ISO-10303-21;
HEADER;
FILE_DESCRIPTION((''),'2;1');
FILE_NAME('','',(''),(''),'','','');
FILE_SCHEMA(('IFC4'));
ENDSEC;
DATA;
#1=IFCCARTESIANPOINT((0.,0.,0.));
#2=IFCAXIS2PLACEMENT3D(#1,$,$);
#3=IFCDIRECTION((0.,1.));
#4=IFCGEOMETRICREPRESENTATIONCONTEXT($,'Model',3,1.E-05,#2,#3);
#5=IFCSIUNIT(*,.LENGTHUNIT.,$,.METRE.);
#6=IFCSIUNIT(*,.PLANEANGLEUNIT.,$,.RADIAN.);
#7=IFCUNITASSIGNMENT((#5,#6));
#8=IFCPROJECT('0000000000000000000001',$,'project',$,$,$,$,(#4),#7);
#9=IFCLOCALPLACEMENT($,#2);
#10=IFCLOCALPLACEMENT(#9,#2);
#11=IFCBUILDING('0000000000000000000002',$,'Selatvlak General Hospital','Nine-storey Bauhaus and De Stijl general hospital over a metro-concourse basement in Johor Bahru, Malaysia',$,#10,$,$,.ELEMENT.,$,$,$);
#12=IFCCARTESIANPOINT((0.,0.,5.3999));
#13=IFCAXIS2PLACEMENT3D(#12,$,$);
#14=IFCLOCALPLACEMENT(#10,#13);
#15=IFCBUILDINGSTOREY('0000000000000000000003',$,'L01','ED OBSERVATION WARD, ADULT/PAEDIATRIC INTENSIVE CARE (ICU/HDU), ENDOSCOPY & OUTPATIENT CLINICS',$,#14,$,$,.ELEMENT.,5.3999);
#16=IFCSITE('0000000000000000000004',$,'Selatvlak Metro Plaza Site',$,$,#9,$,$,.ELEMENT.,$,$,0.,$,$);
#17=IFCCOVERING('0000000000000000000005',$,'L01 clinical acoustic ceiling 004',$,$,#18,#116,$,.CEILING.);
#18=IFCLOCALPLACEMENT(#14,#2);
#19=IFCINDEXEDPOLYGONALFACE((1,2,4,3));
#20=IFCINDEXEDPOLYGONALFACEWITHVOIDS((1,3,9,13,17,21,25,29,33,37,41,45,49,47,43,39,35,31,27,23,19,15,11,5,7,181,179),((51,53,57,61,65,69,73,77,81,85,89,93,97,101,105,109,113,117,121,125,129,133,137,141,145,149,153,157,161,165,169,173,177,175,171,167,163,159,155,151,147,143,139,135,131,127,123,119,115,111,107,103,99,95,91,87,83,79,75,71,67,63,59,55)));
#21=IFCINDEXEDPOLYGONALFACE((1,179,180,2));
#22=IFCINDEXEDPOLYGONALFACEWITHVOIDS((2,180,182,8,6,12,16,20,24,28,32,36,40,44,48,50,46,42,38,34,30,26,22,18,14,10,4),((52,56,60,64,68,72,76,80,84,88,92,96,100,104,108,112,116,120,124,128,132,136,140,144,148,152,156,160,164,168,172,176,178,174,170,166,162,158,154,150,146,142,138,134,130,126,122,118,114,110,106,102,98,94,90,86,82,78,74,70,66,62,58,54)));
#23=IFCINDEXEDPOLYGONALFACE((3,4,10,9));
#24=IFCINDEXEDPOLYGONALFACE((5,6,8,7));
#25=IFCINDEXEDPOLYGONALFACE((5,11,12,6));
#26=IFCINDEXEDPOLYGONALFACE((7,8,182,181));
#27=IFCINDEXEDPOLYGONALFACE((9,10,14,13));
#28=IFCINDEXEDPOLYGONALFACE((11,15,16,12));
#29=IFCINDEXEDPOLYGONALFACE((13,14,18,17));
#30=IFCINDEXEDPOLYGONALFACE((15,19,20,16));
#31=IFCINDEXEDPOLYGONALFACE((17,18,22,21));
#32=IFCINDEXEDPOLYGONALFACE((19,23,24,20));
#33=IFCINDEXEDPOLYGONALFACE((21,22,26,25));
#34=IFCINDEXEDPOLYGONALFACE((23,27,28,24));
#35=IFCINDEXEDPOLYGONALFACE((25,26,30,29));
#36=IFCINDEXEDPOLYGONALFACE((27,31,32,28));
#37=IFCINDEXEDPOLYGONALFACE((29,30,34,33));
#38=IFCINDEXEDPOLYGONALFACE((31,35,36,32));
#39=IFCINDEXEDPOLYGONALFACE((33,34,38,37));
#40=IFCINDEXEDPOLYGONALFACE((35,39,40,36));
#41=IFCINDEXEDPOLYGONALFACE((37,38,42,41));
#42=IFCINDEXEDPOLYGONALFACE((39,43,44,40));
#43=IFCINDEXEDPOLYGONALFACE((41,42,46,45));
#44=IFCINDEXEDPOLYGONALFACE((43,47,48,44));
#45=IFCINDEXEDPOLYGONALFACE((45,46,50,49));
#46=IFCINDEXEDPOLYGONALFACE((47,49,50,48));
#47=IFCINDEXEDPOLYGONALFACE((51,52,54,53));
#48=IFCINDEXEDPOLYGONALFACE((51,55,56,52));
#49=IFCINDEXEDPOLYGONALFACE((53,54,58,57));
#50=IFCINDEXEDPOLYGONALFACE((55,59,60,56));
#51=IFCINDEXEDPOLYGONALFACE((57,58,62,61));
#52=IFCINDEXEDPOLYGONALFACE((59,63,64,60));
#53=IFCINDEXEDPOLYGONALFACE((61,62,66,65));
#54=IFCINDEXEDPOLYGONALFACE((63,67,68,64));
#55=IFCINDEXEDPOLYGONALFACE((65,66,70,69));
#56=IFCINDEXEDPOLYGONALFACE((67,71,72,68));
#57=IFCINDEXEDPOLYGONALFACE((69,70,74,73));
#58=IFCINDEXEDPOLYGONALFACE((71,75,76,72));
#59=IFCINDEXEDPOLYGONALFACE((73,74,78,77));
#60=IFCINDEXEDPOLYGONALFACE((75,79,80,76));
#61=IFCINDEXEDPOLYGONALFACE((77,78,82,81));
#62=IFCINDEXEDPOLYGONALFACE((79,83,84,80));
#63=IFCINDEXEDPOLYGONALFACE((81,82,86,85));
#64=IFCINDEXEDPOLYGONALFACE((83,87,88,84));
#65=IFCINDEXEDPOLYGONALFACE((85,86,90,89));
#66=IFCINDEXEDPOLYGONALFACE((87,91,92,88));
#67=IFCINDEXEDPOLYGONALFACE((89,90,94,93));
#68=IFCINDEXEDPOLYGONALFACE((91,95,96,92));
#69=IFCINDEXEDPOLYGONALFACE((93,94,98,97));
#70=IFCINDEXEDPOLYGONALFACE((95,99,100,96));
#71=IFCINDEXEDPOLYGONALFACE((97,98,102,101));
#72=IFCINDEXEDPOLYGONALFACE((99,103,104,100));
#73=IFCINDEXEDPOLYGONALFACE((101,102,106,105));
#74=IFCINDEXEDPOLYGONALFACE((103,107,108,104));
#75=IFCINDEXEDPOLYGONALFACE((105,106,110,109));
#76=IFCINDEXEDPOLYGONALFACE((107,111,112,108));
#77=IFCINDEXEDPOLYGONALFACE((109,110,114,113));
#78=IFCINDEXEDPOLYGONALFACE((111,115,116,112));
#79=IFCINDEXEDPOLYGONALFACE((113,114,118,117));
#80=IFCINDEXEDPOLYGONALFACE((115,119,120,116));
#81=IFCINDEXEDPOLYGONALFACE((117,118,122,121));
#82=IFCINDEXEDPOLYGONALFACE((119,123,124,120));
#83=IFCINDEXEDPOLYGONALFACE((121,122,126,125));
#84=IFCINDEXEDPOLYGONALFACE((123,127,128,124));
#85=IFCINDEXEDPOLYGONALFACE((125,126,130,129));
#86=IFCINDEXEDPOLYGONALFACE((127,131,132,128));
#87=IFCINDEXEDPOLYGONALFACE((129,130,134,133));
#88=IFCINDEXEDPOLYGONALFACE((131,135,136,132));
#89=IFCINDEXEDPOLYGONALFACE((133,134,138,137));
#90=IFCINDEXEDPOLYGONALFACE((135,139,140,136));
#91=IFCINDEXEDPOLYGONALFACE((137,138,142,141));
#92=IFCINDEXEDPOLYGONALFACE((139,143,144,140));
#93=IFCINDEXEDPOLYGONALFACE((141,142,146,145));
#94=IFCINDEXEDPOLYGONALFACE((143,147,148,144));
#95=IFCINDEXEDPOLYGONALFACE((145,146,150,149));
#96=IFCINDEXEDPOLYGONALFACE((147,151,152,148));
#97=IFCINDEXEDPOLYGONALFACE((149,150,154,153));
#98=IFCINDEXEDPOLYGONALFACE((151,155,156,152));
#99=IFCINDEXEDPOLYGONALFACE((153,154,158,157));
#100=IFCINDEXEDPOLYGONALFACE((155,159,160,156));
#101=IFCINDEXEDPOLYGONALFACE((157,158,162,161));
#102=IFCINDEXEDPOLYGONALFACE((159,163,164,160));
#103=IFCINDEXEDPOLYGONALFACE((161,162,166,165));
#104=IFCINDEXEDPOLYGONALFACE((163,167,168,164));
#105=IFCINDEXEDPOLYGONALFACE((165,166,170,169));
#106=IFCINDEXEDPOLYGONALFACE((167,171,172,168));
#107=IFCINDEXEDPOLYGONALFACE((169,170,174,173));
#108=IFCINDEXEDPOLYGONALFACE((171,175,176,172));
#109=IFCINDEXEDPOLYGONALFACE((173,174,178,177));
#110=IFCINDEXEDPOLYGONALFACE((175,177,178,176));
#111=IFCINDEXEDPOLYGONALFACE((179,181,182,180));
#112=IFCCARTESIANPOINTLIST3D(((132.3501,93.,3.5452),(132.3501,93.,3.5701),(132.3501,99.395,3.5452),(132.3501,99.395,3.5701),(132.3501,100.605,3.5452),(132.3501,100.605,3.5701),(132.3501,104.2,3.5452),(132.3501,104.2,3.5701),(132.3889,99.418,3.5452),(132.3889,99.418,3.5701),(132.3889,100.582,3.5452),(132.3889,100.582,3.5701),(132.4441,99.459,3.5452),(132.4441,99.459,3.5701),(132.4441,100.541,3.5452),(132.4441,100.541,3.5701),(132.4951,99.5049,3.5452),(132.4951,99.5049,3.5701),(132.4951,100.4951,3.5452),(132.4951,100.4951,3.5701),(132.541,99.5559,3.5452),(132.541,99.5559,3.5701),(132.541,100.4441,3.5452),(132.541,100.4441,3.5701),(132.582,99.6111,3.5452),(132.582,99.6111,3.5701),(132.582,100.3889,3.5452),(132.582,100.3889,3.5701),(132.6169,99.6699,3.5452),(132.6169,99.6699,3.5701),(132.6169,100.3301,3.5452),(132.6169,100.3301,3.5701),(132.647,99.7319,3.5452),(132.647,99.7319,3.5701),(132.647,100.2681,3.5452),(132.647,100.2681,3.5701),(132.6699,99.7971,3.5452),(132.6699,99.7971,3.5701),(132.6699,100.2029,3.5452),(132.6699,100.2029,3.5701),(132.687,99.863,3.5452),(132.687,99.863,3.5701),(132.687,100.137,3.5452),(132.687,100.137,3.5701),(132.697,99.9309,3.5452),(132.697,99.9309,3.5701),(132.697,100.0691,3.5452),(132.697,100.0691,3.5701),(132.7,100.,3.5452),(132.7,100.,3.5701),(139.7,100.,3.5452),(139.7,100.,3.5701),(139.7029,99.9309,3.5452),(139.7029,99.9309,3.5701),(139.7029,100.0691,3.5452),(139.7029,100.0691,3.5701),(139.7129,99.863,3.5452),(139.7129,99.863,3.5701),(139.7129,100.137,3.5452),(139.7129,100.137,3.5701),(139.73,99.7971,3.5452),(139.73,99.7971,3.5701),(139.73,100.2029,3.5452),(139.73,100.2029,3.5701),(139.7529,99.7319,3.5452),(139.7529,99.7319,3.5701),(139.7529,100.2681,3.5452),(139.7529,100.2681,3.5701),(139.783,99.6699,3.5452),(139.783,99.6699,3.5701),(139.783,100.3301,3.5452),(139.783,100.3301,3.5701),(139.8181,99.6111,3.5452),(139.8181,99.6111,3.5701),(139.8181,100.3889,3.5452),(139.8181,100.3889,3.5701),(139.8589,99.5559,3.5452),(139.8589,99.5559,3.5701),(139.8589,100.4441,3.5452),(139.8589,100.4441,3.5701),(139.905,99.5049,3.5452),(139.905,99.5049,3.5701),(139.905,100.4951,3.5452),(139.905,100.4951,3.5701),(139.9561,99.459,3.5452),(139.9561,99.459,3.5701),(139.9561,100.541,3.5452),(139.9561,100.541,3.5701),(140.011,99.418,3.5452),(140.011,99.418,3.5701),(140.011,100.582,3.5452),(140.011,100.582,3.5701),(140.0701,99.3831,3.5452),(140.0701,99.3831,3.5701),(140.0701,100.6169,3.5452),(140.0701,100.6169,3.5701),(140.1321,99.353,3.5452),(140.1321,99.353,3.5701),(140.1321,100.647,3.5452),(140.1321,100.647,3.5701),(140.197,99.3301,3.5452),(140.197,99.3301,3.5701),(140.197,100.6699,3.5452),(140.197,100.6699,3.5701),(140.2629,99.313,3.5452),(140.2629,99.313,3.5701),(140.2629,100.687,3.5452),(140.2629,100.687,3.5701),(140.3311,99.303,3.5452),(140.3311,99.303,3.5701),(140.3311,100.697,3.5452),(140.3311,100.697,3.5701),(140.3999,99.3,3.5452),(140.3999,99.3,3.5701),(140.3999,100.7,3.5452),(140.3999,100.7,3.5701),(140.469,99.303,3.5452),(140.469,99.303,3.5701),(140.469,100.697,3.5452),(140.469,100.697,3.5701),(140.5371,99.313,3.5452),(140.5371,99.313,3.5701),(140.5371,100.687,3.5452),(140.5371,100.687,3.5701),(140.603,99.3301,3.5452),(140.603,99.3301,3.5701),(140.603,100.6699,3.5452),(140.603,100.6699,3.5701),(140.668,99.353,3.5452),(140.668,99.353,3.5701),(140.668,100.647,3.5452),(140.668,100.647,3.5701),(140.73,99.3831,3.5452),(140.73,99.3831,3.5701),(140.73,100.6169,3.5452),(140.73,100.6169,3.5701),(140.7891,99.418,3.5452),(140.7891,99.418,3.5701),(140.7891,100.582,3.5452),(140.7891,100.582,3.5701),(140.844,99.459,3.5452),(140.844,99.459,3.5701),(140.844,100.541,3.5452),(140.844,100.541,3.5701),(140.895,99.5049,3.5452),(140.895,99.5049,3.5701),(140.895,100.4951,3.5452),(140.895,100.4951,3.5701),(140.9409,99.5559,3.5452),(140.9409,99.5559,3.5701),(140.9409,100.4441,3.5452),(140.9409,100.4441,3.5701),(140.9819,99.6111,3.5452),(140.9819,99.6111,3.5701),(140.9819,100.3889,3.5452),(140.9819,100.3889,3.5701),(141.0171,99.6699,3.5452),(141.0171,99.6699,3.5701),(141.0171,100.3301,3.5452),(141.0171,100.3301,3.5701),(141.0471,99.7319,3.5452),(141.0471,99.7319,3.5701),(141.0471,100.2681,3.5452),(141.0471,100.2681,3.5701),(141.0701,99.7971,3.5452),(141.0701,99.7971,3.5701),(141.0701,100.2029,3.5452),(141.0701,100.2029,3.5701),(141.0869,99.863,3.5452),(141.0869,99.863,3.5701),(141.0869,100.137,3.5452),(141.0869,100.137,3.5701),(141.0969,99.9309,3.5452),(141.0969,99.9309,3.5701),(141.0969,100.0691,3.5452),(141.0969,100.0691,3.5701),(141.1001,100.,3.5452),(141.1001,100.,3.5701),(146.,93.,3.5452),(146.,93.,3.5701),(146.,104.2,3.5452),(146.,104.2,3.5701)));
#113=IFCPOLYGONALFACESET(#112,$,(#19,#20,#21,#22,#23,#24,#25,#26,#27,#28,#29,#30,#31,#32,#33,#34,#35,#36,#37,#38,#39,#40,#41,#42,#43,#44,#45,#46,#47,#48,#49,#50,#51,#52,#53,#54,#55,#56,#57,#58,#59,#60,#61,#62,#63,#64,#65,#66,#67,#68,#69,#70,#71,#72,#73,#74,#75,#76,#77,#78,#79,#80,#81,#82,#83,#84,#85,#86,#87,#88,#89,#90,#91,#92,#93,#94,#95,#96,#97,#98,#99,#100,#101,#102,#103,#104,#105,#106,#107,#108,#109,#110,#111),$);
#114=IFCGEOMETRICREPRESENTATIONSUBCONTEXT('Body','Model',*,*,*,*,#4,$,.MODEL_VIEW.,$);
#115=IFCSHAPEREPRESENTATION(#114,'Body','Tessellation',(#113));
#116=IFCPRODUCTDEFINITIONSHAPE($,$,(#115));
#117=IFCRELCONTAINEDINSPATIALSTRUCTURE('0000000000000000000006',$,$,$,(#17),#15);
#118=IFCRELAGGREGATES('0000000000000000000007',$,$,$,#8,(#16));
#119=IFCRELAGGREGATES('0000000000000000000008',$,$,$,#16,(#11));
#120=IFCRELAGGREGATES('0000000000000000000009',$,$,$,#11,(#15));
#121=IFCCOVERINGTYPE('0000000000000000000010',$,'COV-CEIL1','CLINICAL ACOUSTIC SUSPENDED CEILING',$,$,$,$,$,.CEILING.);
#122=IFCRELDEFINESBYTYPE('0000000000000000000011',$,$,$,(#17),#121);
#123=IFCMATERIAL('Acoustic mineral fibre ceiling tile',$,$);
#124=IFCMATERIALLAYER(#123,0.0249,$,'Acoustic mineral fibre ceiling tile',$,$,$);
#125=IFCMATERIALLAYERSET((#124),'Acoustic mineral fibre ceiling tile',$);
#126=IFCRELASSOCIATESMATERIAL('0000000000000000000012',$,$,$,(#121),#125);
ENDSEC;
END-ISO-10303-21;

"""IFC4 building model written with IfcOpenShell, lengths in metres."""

from ifc_helpers import new_model, si_unit, direction, frame, origin, place, context, subcontext, project, spatial, polyline, outline, extrude, material, layer, layer_set, type_object, element, save


model = new_model("IFC4")

# Units and contexts
model_context = context("Model", 3, precision=1e-05, world=origin(), true_north=direction((0.0, 1.0)))
body_context = subcontext(model_context, "Body", "Model", "MODEL_VIEW")
ifc_project = project(units=[si_unit("LENGTHUNIT", "METRE"), si_unit("PLANEANGLEUNIT", "RADIAN")], contexts=[model_context])

# Site, building, storey
site_placement = place(None, origin())
site = spatial("IfcSite", under=ifc_project, at=site_placement, Name="Selatvlak Metro Plaza Site", CompositionType="ELEMENT", RefElevation=0.0)
building_placement = place(site_placement, origin())
building = spatial("IfcBuilding", under=site, at=building_placement, Name="Selatvlak General Hospital", Description="Nine-storey Bauhaus and De Stijl general hospital over a metro-concourse basement in Johor Bahru, Malaysia", CompositionType="ELEMENT")
storey_placement = place(building_placement, frame((0.0, 0.0, 5.3999)))
storey = spatial("IfcBuildingStorey", under=building, at=storey_placement, Name="L01", Description="ED OBSERVATION WARD, ADULT/PAEDIATRIC INTENSIVE CARE (ICU/HDU), ENDOSCOPY & OUTPATIENT CLINICS", CompositionType="ELEMENT", Elevation=5.3999)

# Covering
ifc_material_1 = material(Name="Acoustic mineral fibre ceiling tile")
ifc_layer_1 = layer(ifc_material_1, 0.0249, Name="Acoustic mineral fibre ceiling tile")
ifc_layer_set_1 = layer_set([ifc_layer_1], Name="Acoustic mineral fibre ceiling tile")
covering_type_1 = type_object("IfcCoveringType", Name="COV-CEIL1", Description="CLINICAL ACOUSTIC SUSPENDED CEILING", PredefinedType="CEILING", material=ifc_layer_set_1)
covering_1_placement = place(storey_placement, frame((0.0, 0.0, 3.5452)))
element("IfcCovering", 1, at=covering_1_placement, inside=storey, type_object=covering_type_1, Name="L01 clinical acoustic ceiling 004", PredefinedType="CEILING", context=body_context, shape_type="SweptSolid", body=[
    extrude(outline(polyline([(146.0, 104.2), (146.0, 93.0), (132.3501, 93.0), (132.3501, 99.395), (132.3889, 99.418), (132.4441, 99.459), (132.4951, 99.5049), (132.541, 99.5559), (132.582, 99.6111), (132.6169, 99.6699), (132.647, 99.7319), (132.6699, 99.7971), (132.687, 99.863), (132.697, 99.9309), (132.7, 100.0), (132.697, 100.0691), (132.687, 100.137), (132.6699, 100.2029), (132.647, 100.2681), (132.6169, 100.3301), (132.582, 100.3889), (132.541, 100.4441), (132.4951, 100.4951), (132.4441, 100.541), (132.3889, 100.582), (132.3501, 100.605), (132.3501, 104.2), (146.0, 104.2)]), holes=[polyline([(140.895, 99.5049), (140.9409, 99.5559), (140.9819, 99.6111), (141.0171, 99.6699), (141.0471, 99.7319), (141.0701, 99.7971), (141.0869, 99.863), (141.0969, 99.9309), (141.1001, 100.0), (141.0969, 100.0691), (141.0869, 100.137), (141.0701, 100.2029), (141.0471, 100.2681), (141.0171, 100.3301), (140.9819, 100.3889), (140.9409, 100.4441), (140.895, 100.4951), (140.844, 100.541), (140.7891, 100.582), (140.73, 100.6169), (140.668, 100.647), (140.603, 100.6699), (140.5371, 100.687), (140.469, 100.697), (140.3999, 100.7), (140.3311, 100.697), (140.2629, 100.687), (140.197, 100.6699), (140.1321, 100.647), (140.0701, 100.6169), (140.011, 100.582), (139.9561, 100.541), (139.905, 100.4951), (139.8589, 100.4441), (139.8181, 100.3889), (139.783, 100.3301), (139.7529, 100.2681), (139.73, 100.2029), (139.7129, 100.137), (139.7029, 100.0691), (139.7, 100.0), (139.7029, 99.9309), (139.7129, 99.863), (139.73, 99.7971), (139.7529, 99.7319), (139.783, 99.6699), (139.8181, 99.6111), (139.8589, 99.5559), (139.905, 99.5049), (139.9561, 99.459), (140.011, 99.418), (140.0701, 99.3831), (140.1321, 99.353), (140.197, 99.3301), (140.2629, 99.313), (140.3311, 99.303), (140.3999, 99.3), (140.469, 99.303), (140.5371, 99.313), (140.603, 99.3301), (140.668, 99.353), (140.73, 99.3831), (140.7891, 99.418), (140.844, 99.459), (140.895, 99.5049)])]), origin(), (0.0, 0.0, 1.0), 0.0249),
])

save(model, "model.ifc")
